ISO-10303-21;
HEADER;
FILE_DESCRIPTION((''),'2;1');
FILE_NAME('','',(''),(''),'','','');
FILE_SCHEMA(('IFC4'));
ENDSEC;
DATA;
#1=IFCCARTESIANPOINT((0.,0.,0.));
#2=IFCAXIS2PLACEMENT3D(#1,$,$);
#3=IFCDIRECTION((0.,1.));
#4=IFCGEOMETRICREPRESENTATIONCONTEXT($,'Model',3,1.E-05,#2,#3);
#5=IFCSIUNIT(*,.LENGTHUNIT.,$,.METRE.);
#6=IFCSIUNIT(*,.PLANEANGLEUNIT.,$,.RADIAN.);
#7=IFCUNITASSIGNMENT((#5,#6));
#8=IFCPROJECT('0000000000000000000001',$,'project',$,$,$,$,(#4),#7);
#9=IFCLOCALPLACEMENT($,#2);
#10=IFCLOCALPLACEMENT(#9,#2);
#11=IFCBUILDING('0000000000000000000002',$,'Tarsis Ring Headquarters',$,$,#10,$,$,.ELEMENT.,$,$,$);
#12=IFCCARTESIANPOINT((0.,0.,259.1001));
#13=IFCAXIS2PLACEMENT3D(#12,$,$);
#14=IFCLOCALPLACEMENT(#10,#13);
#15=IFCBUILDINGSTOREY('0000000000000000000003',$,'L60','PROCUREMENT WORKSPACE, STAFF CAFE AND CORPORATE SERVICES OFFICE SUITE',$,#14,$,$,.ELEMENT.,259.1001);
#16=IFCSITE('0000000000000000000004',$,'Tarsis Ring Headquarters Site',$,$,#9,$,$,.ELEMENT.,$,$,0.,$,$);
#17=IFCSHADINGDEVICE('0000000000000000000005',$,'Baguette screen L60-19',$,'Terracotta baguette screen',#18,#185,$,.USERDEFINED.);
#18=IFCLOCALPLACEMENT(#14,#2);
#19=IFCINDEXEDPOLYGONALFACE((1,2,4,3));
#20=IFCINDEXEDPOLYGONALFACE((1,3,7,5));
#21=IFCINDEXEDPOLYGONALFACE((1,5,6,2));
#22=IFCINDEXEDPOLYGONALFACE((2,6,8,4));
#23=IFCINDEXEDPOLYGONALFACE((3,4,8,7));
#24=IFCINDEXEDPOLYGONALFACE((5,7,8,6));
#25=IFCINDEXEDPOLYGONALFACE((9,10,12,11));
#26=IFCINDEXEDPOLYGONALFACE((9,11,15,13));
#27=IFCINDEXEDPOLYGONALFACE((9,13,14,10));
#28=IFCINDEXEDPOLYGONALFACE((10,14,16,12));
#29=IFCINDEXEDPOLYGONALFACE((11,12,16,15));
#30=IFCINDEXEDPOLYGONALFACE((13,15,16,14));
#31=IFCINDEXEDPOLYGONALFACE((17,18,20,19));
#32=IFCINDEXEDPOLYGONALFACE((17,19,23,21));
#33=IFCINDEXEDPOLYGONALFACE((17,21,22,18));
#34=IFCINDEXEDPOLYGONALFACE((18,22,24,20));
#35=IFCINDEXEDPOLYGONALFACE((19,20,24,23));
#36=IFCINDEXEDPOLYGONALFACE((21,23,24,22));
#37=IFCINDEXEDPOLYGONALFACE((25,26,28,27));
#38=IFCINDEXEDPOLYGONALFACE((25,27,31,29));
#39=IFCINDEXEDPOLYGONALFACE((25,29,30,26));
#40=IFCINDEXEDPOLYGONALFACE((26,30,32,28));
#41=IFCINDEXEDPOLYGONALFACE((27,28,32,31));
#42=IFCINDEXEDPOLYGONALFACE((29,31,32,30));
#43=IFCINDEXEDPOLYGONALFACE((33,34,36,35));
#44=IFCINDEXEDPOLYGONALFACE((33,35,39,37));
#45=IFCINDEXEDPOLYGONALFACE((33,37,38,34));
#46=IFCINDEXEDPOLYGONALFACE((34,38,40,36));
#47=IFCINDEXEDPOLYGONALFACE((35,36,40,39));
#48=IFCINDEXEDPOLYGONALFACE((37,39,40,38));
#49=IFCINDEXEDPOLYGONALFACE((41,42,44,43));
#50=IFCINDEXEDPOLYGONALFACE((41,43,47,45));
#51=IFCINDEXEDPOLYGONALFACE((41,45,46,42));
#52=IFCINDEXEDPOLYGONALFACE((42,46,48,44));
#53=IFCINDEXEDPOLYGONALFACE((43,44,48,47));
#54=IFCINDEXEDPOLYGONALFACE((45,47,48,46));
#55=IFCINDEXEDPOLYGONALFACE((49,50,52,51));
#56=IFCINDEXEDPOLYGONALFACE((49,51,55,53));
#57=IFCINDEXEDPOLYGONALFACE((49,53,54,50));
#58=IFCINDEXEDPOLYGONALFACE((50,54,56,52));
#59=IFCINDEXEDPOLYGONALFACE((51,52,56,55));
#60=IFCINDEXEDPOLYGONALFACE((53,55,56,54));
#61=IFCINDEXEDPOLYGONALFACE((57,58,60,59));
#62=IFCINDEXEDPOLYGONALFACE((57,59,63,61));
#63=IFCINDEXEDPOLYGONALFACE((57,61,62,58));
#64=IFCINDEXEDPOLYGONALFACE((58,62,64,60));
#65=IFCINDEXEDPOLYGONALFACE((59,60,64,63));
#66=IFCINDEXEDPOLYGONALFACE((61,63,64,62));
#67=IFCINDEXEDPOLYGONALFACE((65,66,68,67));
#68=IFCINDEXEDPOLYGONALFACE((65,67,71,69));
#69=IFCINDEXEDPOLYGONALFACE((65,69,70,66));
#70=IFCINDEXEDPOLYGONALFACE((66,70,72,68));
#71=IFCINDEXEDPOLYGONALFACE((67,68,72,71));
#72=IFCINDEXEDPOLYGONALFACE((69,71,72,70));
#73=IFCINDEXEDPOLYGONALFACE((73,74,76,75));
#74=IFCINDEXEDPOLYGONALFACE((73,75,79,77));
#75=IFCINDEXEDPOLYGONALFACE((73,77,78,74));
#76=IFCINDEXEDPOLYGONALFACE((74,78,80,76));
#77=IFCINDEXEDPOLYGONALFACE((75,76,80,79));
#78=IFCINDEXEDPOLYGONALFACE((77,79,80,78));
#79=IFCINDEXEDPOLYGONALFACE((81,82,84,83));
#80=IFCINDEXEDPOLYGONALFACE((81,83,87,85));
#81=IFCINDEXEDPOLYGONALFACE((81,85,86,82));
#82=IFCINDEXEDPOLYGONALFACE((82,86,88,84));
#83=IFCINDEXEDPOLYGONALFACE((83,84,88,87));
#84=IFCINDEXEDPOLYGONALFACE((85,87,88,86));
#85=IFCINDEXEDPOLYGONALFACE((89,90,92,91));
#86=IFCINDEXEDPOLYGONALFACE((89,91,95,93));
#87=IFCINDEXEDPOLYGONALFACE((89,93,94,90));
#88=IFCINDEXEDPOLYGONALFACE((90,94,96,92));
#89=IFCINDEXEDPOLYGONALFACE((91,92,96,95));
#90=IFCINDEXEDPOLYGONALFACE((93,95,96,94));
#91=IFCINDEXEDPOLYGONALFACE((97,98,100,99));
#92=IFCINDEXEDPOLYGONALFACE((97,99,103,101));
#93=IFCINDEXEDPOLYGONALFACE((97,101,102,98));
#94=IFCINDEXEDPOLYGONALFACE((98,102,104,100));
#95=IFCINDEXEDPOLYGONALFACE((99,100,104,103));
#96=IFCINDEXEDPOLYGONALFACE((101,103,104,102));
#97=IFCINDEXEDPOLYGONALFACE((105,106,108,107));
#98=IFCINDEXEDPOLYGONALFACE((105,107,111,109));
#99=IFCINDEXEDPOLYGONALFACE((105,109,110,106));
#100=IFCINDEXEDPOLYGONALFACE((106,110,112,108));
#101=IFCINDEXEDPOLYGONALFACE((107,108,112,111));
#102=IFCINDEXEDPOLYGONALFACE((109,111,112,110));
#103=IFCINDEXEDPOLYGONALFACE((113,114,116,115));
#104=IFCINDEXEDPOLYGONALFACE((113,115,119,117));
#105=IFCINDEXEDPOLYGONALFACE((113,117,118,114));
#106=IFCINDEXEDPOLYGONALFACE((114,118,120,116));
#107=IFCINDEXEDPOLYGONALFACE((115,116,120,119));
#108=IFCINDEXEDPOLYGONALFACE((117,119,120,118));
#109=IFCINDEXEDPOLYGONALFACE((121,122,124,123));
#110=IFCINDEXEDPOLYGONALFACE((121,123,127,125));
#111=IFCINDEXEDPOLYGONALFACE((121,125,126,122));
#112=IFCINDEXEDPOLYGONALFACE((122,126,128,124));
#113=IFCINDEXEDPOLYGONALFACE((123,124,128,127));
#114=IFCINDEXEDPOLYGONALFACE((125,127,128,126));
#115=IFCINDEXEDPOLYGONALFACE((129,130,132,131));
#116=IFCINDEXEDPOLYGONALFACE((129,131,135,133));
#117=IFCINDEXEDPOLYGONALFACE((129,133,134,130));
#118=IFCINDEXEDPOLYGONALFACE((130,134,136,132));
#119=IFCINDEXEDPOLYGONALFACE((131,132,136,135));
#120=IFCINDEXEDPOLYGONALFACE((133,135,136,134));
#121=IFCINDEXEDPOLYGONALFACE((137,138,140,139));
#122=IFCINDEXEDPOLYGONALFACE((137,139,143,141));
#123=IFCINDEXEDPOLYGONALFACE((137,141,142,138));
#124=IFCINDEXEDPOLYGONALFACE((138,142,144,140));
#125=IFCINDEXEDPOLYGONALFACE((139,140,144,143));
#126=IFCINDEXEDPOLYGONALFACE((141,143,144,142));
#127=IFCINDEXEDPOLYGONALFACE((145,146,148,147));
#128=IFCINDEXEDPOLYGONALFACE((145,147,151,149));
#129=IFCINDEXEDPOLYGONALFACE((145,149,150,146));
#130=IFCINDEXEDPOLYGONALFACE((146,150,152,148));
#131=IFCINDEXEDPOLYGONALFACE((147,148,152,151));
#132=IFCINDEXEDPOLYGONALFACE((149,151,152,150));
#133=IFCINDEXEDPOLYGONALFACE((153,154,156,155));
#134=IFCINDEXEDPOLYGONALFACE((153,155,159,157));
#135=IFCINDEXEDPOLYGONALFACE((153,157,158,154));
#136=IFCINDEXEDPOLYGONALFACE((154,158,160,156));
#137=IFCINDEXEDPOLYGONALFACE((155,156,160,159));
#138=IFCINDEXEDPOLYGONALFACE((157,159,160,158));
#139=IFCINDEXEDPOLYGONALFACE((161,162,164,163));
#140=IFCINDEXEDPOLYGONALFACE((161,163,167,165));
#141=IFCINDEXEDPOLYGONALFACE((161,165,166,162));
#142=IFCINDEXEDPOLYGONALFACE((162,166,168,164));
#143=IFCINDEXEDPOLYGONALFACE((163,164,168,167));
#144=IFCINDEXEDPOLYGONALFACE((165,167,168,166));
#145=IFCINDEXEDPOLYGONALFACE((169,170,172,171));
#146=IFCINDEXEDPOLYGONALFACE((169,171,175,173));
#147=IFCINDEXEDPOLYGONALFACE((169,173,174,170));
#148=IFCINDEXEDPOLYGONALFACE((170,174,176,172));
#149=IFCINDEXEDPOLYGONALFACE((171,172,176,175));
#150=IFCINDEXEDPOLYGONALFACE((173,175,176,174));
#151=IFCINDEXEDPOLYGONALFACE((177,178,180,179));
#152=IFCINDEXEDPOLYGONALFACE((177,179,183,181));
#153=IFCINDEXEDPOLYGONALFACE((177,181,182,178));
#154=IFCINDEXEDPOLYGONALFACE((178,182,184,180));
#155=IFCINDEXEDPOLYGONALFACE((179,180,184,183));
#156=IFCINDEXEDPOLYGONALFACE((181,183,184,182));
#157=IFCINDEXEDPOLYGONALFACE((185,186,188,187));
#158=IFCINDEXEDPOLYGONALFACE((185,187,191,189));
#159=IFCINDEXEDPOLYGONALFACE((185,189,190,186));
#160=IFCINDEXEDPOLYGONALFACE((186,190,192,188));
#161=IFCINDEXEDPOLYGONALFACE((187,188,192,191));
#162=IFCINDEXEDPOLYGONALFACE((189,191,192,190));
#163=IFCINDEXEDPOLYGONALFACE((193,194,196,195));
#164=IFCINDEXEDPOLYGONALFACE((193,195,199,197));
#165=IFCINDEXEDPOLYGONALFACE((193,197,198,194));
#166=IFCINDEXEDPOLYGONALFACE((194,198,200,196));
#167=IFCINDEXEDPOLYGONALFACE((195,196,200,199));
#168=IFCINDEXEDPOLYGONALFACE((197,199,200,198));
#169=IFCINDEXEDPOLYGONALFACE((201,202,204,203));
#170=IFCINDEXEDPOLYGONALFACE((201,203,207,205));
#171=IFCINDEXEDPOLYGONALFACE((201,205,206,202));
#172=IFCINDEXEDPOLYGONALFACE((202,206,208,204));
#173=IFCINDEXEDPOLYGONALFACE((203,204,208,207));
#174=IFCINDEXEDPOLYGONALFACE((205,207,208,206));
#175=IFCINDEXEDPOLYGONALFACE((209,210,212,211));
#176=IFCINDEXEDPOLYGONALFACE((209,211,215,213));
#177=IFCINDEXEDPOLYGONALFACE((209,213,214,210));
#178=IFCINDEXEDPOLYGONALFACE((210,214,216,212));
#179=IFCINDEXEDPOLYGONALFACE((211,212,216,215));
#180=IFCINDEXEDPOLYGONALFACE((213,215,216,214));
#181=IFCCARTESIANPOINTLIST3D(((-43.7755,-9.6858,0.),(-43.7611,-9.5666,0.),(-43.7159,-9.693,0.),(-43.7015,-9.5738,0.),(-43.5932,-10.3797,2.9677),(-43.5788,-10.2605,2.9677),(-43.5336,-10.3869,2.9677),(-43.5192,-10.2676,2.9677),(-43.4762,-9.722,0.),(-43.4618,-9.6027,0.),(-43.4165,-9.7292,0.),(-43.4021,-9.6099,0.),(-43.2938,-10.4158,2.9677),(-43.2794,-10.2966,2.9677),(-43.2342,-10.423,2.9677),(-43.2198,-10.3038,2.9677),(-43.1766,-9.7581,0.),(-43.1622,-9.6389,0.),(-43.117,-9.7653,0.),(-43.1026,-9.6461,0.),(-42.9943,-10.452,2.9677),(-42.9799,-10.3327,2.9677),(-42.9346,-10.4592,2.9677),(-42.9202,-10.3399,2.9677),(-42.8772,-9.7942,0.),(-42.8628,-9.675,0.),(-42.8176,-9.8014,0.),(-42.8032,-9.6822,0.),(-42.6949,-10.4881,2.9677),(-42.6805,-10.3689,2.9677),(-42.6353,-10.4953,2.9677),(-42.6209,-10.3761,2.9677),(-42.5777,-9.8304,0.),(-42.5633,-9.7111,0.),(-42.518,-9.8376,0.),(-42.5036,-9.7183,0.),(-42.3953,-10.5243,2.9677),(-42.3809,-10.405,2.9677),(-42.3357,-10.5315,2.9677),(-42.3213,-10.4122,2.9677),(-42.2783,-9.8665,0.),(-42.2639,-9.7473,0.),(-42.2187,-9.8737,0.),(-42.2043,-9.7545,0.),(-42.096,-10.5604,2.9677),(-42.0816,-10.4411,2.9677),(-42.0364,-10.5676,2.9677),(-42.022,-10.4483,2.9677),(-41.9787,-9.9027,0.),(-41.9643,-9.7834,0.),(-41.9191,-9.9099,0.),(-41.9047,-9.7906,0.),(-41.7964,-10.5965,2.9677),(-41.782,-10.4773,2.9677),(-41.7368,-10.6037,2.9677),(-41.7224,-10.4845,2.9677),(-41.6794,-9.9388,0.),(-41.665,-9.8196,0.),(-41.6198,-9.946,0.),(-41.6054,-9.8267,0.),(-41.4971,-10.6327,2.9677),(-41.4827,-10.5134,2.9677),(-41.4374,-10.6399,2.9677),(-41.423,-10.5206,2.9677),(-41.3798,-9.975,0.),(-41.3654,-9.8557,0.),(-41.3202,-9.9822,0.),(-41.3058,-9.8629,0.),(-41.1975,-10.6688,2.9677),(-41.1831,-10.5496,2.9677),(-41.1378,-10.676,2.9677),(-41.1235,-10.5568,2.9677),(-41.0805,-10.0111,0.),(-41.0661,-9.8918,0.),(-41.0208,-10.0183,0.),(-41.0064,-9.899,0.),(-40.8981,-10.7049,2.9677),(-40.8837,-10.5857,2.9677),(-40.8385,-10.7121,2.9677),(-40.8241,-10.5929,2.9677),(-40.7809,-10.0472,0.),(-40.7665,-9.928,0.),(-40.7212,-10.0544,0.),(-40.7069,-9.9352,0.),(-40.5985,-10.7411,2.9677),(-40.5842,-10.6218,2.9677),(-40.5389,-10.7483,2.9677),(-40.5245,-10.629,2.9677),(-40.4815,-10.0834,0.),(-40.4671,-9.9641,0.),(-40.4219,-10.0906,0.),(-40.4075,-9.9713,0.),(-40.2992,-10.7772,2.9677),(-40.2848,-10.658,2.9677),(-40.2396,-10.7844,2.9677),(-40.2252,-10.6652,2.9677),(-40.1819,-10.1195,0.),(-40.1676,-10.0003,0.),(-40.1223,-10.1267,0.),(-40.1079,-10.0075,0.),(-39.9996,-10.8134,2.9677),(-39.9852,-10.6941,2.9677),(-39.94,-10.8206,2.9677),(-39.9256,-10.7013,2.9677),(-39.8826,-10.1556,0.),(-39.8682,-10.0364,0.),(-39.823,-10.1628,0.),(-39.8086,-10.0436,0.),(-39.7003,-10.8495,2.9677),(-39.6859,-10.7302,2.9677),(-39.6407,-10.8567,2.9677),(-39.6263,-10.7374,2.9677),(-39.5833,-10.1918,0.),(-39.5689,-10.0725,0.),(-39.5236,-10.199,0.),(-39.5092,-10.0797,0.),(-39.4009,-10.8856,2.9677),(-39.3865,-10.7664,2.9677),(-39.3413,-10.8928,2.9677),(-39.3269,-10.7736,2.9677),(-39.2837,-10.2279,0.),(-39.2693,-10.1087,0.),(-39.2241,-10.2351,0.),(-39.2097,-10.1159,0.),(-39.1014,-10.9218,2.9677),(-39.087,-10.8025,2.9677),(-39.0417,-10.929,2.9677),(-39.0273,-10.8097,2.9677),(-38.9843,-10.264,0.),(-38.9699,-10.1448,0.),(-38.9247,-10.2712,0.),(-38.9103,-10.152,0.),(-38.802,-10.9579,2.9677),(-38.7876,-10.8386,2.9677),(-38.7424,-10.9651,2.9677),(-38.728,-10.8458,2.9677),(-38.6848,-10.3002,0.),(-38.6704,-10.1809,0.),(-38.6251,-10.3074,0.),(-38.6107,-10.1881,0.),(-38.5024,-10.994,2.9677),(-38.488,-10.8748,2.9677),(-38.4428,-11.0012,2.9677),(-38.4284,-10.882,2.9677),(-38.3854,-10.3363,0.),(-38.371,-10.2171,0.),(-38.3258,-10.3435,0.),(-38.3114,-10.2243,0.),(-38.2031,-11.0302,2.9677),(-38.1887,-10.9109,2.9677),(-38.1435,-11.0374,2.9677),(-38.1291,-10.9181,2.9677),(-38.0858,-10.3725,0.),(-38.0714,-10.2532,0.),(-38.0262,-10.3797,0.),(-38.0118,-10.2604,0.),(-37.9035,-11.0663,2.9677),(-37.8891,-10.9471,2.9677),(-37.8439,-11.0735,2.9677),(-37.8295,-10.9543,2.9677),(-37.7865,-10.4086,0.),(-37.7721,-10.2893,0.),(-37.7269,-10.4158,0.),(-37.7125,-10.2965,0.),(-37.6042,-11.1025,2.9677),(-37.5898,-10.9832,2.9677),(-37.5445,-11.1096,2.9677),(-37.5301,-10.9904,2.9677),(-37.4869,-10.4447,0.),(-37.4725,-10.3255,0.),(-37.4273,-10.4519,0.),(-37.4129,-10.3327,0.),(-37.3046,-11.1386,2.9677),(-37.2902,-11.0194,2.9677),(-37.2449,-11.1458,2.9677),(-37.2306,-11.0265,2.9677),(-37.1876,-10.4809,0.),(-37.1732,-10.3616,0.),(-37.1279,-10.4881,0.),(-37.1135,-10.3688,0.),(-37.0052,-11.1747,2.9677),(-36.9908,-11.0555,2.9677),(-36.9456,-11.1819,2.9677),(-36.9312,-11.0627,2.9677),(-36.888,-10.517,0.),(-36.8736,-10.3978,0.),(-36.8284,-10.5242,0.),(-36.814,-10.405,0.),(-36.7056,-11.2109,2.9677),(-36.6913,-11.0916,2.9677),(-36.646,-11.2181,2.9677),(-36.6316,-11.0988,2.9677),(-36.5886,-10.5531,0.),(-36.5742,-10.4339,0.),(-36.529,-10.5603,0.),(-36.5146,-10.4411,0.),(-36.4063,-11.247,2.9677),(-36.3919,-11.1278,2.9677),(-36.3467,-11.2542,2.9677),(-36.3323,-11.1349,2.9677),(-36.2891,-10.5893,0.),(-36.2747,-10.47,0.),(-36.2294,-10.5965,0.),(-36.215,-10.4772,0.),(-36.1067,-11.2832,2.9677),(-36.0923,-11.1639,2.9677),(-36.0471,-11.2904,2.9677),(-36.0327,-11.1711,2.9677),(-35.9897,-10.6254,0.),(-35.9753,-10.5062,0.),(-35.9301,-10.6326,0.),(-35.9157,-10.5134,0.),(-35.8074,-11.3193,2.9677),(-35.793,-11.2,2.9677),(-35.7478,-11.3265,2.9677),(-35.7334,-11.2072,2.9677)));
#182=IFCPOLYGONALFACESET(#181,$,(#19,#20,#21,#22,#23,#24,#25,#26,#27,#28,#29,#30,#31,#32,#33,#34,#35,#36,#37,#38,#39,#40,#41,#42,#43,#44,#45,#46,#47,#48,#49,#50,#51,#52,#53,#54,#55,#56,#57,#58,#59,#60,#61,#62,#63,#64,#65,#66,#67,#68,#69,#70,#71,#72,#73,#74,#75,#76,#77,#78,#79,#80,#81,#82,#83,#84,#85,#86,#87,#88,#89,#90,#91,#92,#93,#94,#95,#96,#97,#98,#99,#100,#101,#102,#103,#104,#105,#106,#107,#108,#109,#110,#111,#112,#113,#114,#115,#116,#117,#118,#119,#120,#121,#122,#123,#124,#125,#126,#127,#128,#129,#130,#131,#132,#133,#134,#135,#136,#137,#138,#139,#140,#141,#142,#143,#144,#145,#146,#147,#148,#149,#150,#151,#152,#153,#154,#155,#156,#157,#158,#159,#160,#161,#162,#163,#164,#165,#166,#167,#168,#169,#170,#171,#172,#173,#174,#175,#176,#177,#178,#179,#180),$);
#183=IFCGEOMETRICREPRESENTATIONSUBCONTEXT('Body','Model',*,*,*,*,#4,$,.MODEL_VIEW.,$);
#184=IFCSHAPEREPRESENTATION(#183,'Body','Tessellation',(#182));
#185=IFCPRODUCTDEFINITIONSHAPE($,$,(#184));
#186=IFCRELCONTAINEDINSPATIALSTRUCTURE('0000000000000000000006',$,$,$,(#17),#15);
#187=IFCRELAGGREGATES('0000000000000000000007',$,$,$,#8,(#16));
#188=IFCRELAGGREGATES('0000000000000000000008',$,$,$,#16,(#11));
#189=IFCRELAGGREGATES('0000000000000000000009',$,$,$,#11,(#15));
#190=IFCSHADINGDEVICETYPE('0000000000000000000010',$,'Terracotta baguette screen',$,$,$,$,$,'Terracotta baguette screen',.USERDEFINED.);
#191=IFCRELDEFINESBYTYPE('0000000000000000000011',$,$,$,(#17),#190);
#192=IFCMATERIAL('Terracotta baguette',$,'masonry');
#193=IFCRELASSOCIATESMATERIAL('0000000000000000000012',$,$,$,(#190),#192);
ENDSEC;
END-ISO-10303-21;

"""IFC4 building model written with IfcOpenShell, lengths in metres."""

from ifc_helpers import new_model, si_unit, direction, frame, frame_2d, origin, place, context, subcontext, project, spatial, rectangle, composite_profile, extrude, material, type_object, element, save


model = new_model("IFC4")

# Units and contexts
model_context = context("Model", 3, precision=1e-05, world=origin(), true_north=direction((0.0, 1.0)))
body_context = subcontext(model_context, "Body", "Model", "MODEL_VIEW")
ifc_project = project(units=[si_unit("LENGTHUNIT", "METRE"), si_unit("PLANEANGLEUNIT", "RADIAN")], contexts=[model_context])

# Site, building, storey
site_placement = place(None, origin())
site = spatial("IfcSite", under=ifc_project, at=site_placement, Name="Tarsis Ring Headquarters Site", CompositionType="ELEMENT", RefElevation=0.0)
building_placement = place(site_placement, origin())
building = spatial("IfcBuilding", under=site, at=building_placement, Name="Tarsis Ring Headquarters", CompositionType="ELEMENT")
storey_placement = place(building_placement, frame((0.0, 0.0, 259.1001)))
storey = spatial("IfcBuildingStorey", under=building, at=storey_placement, Name="L60", Description="PROCUREMENT WORKSPACE, STAFF CAFE AND CORPORATE SERVICES OFFICE SUITE", CompositionType="ELEMENT", Elevation=259.1001)

# Shading device
ifc_material_1 = material(Name="Terracotta baguette", Category="masonry")
shading_device_type_1 = type_object("IfcShadingDeviceType", Name="Terracotta baguette screen", ElementType="Terracotta baguette screen", PredefinedType="USERDEFINED", material=ifc_material_1)
shading_device_1_placement = place(storey_placement, frame((-43.7683, -9.6262, 0.0), z_axis=(0.0, 0.0, 1.0), x_axis=(0.992802, -0.11981, 0.0)))
element("IfcShadingDevice", 1, at=shading_device_1_placement, inside=storey, type_object=shading_device_type_1, Name="Baguette screen L60-19", ObjectType="Terracotta baguette screen", PredefinedType="USERDEFINED", context=body_context, shape_type="SweptSolid", body=[
    extrude(composite_profile([rectangle(XDim=0.0601, YDim=0.1201, at=frame_2d((0.03, 0.0))), rectangle(XDim=0.0601, YDim=0.1201, at=frame_2d((0.3315, 0.0))), rectangle(XDim=0.0601, YDim=0.1201, at=frame_2d((0.6333, 0.0))), rectangle(XDim=0.0601, YDim=0.1201, at=frame_2d((0.9348, 0.0))), rectangle(XDim=0.0601, YDim=0.1201, at=frame_2d((1.2366, 0.0))), rectangle(XDim=0.0601, YDim=0.1201, at=frame_2d((1.5381, 0.0))), rectangle(XDim=0.0601, YDim=0.1201, at=frame_2d((1.8398, 0.0))), rectangle(XDim=0.0601, YDim=0.1201, at=frame_2d((2.1414, 0.0))), rectangle(XDim=0.0601, YDim=0.1201, at=frame_2d((2.4431, 0.0))), rectangle(XDim=0.0601, YDim=0.1201, at=frame_2d((2.7446, 0.0))), rectangle(XDim=0.0601, YDim=0.1201, at=frame_2d((3.0464, 0.0))), rectangle(XDim=0.0601, YDim=0.1201, at=frame_2d((3.3479, 0.0))), rectangle(XDim=0.0601, YDim=0.1201, at=frame_2d((3.6497, 0.0))), rectangle(XDim=0.0601, YDim=0.1201, at=frame_2d((3.9512, 0.0))), rectangle(XDim=0.0601, YDim=0.1201, at=frame_2d((4.2527, 0.0))), rectangle(XDim=0.0601, YDim=0.1201, at=frame_2d((4.5544, 0.0))), rectangle(XDim=0.0601, YDim=0.1201, at=frame_2d((4.856, 0.0))), rectangle(XDim=0.0601, YDim=0.1201, at=frame_2d((5.1577, 0.0))), rectangle(XDim=0.0601, YDim=0.1201, at=frame_2d((5.4592, 0.0))), rectangle(XDim=0.0601, YDim=0.1201, at=frame_2d((5.761, 0.0))), rectangle(XDim=0.0601, YDim=0.1201, at=frame_2d((6.0625, 0.0))), rectangle(XDim=0.0601, YDim=0.1201, at=frame_2d((6.3643, 0.0))), rectangle(XDim=0.0601, YDim=0.1201, at=frame_2d((6.6658, 0.0))), rectangle(XDim=0.0601, YDim=0.1201, at=frame_2d((6.9675, 0.0))), rectangle(XDim=0.0601, YDim=0.1201, at=frame_2d((7.269, 0.0))), rectangle(XDim=0.0601, YDim=0.1201, at=frame_2d((7.5708, 0.0))), rectangle(XDim=0.0601, YDim=0.1201, at=frame_2d((7.8723, 0.0)))]), origin(), (0.086514, -0.218463, 0.972003), 3.0532),
])

save(model, "model.ifc")
